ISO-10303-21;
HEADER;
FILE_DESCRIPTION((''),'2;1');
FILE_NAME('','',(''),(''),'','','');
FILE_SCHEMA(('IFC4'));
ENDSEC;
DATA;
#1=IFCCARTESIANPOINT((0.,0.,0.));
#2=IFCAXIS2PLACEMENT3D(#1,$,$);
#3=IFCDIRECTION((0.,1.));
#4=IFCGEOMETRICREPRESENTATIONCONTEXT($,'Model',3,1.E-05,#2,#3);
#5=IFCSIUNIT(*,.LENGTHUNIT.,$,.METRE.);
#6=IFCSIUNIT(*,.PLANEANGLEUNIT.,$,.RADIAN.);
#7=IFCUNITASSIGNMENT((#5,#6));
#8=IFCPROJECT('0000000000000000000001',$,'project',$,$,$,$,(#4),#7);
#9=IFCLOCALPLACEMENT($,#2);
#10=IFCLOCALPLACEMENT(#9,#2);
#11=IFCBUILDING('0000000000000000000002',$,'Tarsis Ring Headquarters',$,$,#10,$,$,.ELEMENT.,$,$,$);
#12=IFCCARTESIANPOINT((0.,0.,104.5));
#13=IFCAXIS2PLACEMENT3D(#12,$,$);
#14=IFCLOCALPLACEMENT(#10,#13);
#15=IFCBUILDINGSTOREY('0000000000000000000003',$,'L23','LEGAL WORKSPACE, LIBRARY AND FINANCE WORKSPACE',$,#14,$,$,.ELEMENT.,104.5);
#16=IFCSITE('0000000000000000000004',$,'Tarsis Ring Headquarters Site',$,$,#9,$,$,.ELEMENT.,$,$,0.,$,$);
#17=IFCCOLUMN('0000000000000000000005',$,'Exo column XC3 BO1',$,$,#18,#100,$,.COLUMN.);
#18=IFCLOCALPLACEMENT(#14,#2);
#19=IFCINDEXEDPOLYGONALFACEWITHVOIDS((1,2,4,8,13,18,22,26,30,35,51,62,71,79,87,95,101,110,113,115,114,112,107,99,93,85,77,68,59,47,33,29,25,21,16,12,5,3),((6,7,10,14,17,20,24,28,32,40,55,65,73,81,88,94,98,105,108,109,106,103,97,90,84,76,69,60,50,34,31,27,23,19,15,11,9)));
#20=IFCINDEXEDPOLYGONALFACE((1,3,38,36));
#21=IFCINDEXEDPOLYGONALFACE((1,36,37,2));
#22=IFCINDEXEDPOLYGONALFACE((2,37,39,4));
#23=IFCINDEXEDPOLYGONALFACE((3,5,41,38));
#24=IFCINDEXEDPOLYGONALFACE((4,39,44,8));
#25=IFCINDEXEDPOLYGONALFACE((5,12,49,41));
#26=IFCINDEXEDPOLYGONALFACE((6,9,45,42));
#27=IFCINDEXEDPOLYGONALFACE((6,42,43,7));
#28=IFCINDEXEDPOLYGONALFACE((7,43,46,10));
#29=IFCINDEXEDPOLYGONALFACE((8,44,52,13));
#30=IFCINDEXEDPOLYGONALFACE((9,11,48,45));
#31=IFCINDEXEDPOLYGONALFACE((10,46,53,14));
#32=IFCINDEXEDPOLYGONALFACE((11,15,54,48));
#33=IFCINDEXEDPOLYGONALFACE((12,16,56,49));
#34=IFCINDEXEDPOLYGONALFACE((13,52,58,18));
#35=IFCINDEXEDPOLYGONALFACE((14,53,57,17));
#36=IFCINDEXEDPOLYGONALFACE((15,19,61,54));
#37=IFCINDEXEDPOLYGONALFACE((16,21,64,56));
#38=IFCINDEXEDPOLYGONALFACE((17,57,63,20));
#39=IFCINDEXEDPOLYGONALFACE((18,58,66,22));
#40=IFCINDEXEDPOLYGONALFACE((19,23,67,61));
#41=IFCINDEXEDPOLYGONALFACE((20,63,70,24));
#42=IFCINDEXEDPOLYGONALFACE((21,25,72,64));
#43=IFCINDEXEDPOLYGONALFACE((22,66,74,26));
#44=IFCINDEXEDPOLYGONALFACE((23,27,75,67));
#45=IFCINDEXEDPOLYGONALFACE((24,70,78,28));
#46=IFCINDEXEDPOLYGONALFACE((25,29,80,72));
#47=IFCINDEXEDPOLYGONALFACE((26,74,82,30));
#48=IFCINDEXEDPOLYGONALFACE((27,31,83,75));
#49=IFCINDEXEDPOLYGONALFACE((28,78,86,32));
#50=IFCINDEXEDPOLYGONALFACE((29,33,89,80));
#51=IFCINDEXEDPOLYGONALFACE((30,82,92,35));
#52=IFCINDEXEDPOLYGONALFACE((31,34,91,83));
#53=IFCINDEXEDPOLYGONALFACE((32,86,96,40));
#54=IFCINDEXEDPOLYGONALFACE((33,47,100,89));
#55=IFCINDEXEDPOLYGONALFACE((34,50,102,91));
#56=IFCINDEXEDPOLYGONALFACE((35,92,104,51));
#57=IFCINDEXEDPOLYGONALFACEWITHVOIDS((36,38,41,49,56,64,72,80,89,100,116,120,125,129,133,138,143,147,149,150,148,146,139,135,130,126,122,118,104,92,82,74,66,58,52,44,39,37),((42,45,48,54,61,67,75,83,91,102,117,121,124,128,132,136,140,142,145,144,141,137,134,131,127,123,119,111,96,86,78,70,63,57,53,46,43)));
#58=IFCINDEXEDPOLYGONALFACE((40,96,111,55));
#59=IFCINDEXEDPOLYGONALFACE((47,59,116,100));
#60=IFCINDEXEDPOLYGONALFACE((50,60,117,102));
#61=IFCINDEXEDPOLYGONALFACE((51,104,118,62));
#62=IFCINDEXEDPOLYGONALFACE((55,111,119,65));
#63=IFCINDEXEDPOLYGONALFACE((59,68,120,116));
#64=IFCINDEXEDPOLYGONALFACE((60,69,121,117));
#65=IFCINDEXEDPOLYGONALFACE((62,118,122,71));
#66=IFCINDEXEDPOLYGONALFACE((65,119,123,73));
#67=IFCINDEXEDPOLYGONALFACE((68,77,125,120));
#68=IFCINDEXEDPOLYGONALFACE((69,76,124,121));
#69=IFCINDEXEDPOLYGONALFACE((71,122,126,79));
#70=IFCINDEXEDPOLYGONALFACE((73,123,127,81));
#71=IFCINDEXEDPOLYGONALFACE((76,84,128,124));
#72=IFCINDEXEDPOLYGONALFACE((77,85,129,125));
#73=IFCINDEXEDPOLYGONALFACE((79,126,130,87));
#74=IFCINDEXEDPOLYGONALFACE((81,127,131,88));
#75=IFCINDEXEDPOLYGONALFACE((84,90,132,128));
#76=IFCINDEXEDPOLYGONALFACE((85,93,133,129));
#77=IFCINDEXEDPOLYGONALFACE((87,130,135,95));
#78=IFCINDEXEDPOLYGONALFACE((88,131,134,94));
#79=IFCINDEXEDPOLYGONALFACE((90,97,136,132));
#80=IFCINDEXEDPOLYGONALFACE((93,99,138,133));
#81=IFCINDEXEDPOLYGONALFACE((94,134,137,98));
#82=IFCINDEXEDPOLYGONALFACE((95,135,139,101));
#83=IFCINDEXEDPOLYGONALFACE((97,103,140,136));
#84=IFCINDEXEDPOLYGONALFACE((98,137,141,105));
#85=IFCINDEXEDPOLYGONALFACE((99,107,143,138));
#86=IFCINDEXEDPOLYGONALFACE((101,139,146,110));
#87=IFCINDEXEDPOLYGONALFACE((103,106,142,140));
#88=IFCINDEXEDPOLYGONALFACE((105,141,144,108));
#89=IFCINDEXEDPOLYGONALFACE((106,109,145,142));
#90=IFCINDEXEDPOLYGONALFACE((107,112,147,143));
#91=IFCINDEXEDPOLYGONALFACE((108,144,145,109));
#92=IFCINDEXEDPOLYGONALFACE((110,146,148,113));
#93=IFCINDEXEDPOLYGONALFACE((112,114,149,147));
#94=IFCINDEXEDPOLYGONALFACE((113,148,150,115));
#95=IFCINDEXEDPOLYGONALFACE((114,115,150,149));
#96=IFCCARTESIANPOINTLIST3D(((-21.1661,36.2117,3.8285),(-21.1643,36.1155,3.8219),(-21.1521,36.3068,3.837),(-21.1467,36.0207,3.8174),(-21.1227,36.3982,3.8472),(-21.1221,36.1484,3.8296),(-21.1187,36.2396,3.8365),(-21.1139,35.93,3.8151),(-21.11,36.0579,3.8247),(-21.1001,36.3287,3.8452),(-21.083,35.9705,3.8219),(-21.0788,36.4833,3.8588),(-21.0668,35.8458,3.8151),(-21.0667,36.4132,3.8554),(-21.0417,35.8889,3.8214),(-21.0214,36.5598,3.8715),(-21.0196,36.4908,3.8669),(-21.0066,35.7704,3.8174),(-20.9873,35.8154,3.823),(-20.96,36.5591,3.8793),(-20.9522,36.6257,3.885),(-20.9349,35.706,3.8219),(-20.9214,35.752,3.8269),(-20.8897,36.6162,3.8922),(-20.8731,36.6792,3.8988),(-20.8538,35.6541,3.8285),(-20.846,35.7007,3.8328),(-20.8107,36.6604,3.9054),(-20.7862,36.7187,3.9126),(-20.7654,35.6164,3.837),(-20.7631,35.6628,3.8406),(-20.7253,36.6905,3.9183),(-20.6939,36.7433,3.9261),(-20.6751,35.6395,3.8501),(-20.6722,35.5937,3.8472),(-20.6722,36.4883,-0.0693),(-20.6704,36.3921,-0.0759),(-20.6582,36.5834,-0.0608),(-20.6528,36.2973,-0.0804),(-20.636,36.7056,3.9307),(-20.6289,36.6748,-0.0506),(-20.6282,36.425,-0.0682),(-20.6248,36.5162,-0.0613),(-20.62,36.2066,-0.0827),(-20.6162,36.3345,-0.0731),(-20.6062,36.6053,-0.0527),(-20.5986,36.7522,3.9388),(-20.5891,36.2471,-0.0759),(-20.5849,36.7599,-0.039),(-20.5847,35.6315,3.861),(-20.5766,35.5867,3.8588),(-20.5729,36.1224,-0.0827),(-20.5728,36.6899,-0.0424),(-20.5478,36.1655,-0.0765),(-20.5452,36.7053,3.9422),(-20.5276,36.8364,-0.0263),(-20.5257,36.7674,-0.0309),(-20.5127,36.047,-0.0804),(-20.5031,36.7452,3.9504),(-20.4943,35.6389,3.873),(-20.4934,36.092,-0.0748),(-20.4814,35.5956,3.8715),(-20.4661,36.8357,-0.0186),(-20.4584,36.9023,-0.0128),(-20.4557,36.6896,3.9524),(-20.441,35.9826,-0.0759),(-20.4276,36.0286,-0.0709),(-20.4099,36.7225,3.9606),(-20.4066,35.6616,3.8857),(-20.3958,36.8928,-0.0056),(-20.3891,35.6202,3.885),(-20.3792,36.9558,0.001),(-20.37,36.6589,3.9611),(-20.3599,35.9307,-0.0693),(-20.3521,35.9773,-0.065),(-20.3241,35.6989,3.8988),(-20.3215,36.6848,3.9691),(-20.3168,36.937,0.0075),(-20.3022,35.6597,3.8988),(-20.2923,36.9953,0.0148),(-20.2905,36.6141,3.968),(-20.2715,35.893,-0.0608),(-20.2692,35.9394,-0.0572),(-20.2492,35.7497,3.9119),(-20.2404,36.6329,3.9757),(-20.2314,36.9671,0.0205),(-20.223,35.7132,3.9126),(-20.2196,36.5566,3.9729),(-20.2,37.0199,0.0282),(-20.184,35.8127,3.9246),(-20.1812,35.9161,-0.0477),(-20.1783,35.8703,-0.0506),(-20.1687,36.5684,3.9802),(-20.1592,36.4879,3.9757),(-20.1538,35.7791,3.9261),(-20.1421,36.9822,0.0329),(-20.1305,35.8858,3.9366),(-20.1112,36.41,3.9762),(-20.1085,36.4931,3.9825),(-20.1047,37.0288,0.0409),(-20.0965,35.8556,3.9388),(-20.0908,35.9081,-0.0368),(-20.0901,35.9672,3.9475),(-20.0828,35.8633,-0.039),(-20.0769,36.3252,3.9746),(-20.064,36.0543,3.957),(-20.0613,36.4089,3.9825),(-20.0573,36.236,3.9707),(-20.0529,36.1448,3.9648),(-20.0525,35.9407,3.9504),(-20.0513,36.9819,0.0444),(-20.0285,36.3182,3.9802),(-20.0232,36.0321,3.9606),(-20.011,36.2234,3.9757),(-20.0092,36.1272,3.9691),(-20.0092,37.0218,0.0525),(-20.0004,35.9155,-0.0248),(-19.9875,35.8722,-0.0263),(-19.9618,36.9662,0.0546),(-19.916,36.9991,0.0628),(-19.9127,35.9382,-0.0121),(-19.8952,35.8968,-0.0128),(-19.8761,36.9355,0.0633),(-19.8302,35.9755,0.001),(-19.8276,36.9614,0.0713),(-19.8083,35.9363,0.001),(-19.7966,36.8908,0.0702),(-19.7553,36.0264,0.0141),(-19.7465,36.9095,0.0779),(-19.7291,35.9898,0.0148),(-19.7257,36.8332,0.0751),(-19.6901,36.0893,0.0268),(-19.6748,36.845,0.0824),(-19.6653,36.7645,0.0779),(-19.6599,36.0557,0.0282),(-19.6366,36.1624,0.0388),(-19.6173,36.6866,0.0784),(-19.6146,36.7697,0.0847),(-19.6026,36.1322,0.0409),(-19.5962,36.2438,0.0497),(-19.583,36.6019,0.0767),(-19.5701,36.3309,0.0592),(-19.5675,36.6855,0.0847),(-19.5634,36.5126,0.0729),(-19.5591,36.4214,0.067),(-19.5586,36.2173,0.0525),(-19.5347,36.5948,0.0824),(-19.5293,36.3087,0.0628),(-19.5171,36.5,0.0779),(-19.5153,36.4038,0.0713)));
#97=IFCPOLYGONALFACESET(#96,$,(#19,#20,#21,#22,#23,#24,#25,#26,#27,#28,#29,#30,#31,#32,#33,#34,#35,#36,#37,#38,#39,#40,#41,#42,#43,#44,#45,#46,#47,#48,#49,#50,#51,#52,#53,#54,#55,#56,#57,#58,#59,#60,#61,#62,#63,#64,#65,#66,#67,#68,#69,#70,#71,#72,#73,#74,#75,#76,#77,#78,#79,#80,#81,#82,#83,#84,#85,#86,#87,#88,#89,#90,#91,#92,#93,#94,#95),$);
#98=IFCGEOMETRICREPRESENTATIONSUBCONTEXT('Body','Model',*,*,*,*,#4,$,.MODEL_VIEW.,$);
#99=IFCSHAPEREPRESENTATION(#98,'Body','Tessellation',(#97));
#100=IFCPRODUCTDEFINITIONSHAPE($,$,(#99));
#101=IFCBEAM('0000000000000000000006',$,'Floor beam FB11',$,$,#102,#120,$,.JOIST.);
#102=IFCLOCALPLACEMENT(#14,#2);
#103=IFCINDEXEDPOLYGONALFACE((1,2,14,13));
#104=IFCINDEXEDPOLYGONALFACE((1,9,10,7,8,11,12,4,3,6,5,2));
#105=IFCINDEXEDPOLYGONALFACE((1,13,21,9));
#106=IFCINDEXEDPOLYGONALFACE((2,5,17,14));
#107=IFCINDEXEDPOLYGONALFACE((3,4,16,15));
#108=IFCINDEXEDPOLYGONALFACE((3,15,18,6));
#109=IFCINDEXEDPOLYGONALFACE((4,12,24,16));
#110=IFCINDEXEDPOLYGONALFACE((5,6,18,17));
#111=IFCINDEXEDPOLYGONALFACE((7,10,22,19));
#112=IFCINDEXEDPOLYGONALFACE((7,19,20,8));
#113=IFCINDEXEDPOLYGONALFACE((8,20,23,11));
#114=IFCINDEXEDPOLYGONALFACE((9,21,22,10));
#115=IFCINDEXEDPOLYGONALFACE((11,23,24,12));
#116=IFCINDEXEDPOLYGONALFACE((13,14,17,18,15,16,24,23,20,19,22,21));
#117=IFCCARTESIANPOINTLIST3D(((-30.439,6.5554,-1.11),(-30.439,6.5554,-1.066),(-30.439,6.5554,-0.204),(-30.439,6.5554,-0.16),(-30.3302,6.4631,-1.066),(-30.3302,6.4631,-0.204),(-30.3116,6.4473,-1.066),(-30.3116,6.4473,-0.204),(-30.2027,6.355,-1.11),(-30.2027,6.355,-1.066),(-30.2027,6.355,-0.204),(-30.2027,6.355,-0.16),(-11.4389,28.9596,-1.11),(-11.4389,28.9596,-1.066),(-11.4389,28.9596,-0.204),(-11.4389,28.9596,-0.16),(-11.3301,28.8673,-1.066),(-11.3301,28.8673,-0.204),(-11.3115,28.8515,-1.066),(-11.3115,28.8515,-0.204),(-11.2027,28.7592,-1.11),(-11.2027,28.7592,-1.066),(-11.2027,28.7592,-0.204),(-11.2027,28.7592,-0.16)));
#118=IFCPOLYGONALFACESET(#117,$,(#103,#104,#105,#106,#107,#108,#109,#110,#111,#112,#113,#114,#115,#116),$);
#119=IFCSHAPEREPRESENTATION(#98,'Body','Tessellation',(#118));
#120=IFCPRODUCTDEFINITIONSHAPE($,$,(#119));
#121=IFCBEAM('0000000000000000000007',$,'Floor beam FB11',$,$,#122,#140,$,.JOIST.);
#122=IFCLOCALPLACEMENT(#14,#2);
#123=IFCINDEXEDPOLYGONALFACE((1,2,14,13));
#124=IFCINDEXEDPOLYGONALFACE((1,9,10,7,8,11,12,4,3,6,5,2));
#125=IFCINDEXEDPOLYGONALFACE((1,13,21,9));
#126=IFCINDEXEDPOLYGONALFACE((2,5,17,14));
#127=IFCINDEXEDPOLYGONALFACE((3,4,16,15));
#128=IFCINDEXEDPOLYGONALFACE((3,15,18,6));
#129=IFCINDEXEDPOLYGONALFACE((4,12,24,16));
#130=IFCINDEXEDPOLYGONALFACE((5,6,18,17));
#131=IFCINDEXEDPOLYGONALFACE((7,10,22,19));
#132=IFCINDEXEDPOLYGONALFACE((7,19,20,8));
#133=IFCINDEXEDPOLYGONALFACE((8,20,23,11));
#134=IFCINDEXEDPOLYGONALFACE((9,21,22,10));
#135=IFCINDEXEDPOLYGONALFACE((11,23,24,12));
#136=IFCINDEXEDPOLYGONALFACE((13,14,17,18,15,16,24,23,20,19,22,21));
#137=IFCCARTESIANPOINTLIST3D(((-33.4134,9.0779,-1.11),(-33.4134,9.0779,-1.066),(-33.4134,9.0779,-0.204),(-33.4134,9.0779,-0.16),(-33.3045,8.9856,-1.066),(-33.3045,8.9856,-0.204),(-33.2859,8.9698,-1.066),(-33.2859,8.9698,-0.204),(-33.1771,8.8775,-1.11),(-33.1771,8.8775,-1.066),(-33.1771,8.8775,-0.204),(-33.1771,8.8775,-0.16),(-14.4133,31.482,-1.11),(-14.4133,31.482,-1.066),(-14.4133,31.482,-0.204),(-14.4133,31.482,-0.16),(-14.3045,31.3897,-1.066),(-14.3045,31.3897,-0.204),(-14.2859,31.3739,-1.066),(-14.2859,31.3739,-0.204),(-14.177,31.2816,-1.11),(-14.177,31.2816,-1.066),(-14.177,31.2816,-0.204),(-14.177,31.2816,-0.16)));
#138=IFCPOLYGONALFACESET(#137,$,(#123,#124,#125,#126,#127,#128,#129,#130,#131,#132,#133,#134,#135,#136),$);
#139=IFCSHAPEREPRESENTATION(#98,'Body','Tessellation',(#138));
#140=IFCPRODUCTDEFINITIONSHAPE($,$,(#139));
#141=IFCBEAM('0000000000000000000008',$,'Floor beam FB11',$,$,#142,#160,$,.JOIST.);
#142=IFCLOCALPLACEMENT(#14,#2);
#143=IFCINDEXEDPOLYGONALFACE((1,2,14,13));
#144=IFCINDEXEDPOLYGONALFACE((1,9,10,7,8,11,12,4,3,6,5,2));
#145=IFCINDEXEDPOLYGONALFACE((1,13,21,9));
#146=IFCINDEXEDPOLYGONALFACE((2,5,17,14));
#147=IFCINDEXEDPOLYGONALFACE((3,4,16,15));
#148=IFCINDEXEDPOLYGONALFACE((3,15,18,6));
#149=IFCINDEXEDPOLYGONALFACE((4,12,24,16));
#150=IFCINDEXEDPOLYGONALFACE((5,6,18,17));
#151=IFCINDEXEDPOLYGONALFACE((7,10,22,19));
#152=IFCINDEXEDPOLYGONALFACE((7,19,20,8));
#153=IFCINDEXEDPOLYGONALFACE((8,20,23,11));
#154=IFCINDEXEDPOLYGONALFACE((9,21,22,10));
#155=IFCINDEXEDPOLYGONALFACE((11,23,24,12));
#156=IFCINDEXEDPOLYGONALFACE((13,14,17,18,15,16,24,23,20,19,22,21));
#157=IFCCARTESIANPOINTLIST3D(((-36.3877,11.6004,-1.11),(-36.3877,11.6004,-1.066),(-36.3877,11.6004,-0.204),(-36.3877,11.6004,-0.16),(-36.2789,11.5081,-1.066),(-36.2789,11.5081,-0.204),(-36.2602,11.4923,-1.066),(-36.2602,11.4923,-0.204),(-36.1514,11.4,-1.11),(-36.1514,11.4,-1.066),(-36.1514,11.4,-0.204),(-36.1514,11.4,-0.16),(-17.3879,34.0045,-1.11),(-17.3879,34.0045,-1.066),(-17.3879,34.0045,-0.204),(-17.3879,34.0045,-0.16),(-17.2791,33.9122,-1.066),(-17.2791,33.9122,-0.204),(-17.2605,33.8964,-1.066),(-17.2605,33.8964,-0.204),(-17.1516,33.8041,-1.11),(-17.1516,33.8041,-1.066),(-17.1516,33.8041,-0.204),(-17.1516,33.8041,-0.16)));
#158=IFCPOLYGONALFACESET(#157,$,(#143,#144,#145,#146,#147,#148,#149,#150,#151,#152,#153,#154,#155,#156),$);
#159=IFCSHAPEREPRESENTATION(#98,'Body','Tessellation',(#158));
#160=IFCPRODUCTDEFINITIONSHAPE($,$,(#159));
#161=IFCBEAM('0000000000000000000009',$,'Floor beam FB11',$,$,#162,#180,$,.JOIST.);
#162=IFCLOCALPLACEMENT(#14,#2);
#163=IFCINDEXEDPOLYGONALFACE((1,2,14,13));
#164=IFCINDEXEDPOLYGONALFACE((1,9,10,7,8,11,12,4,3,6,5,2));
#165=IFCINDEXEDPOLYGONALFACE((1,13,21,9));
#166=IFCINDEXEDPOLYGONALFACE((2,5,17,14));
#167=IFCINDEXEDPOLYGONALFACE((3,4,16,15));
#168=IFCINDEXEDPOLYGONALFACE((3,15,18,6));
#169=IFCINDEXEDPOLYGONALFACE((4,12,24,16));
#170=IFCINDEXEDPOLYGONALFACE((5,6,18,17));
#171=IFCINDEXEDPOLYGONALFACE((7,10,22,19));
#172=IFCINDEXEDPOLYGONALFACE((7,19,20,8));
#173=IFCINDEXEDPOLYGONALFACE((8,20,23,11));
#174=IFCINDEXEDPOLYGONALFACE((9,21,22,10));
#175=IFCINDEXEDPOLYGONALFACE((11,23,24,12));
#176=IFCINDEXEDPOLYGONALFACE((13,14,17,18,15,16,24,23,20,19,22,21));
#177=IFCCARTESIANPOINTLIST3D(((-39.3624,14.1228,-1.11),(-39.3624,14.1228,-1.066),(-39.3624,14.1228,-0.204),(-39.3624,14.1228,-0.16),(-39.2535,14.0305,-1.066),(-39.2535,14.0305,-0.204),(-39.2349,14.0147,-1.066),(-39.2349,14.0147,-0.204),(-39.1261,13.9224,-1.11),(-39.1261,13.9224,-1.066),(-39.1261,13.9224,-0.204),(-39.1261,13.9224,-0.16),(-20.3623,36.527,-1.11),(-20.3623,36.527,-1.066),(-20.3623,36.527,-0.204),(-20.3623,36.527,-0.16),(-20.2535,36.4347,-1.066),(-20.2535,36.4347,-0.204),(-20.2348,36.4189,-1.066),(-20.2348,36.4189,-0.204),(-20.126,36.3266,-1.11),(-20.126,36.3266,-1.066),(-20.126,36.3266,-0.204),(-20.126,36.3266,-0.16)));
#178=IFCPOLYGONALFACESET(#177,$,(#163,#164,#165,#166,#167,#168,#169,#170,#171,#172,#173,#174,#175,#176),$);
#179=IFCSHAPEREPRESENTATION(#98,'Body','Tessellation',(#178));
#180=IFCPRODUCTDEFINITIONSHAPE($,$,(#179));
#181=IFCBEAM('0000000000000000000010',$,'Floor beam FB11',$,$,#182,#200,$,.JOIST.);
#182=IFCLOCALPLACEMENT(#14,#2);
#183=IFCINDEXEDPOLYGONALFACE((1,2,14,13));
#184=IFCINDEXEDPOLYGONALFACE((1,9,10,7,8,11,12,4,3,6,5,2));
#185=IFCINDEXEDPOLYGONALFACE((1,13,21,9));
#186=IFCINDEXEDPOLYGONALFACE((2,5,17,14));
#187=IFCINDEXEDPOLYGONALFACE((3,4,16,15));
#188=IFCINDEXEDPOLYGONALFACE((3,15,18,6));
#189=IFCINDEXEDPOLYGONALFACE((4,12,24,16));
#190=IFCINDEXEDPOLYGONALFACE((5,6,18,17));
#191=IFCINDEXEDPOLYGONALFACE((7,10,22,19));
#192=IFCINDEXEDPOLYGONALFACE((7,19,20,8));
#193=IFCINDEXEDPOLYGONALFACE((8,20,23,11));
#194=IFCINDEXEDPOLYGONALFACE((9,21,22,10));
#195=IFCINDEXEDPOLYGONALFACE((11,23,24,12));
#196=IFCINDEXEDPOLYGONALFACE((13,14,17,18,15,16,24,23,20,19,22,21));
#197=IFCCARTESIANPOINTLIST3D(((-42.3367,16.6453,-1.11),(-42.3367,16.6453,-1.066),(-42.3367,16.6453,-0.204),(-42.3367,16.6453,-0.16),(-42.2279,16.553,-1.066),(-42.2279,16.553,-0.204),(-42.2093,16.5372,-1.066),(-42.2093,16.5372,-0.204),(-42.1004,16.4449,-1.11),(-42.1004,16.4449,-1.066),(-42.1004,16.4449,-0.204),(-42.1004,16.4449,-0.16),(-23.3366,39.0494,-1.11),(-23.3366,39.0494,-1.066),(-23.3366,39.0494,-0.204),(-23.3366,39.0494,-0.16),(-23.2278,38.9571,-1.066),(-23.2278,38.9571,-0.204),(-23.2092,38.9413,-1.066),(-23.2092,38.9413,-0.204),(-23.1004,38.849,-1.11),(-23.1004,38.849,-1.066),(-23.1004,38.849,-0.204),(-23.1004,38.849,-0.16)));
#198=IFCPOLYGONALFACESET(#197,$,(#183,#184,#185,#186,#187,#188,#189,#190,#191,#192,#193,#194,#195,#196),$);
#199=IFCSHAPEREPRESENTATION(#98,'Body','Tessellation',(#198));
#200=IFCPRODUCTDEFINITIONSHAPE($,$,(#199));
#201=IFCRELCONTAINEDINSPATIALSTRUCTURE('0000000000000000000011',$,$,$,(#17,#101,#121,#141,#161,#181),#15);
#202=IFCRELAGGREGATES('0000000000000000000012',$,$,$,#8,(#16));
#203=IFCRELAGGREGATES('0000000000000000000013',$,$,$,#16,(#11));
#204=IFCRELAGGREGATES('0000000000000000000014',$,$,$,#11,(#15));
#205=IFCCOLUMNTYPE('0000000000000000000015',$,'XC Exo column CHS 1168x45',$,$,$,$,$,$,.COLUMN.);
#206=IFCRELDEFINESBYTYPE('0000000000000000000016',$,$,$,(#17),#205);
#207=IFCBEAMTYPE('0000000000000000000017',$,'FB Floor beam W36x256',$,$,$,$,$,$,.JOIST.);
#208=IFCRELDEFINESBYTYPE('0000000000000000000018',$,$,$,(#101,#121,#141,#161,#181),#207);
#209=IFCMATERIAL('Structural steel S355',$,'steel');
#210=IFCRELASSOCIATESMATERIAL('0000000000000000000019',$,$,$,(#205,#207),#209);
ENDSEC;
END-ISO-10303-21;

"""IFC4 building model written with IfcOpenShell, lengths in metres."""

from ifc_helpers import new_model, si_unit, direction, frame, origin, origin_2d, place, context, subcontext, project, spatial, hollow_circle, i_section, extrude, material, material_profile, profile_set, type_object, element, save


model = new_model("IFC4")

# Units and contexts
model_context = context("Model", 3, precision=1e-05, world=origin(), true_north=direction((0.0, 1.0)))
body_context = subcontext(model_context, "Body", "Model", "MODEL_VIEW")
ifc_project = project(units=[si_unit("LENGTHUNIT", "METRE"), si_unit("PLANEANGLEUNIT", "RADIAN")], contexts=[model_context])

# Site, building, storey
site_placement = place(None, origin())
site = spatial("IfcSite", under=ifc_project, at=site_placement, Name="Tarsis Ring Headquarters Site", CompositionType="ELEMENT", RefElevation=0.0)
building_placement = place(site_placement, origin())
building = spatial("IfcBuilding", under=site, at=building_placement, Name="Tarsis Ring Headquarters", CompositionType="ELEMENT")
storey_placement = place(building_placement, frame((0.0, 0.0, 104.5)))
storey = spatial("IfcBuildingStorey", under=building, at=storey_placement, Name="L23", Description="LEGAL WORKSPACE, LIBRARY AND FINANCE WORKSPACE", CompositionType="ELEMENT", Elevation=104.5)

# Column
ifc_material_1 = material(Name="Structural steel S355", Category="steel")
ifc_material_profile_1 = material_profile(ifc_material_1, hollow_circle(Radius=0.5842, WallThickness=0.0449, at=origin_2d()), Name="CHS 1168x45")
ifc_profile_set_1 = profile_set([ifc_material_profile_1], Name="Structural steel S355")
column_type = type_object("IfcColumnType", Name="XC Exo column CHS 1168x45", PredefinedType="COLUMN", material=ifc_profile_set_1)
column_placement = place(storey_placement, frame((-20.0938, 36.446, 0.001), z_axis=(-0.125391, -0.070227, 0.989619), x_axis=(0.488643, -0.872484, 0.0)))
element("IfcColumn", 1, at=column_placement, inside=storey, type_object=column_type, Name="Exo column XC3 BO1", PredefinedType="COLUMN", context=body_context, shape_type="SweptSolid", body=[
    extrude(hollow_circle(Radius=0.5842, WallThickness=0.0449, at=origin_2d()), origin(), (0.0, 0.0, 1.0), 3.9387),
])

# Beams
ifc_material_profile_2 = material_profile(ifc_material_1, i_section(OverallWidth=0.3098, OverallDepth=0.95, WebThickness=0.0244, FlangeThickness=0.0439, at=origin_2d()), Name="W36x256")
ifc_profile_set_2 = profile_set([ifc_material_profile_2], Name="Structural steel S355")
beam_type_1 = type_object("IfcBeamType", Name="FB Floor beam W36x256", PredefinedType="JOIST", material=ifc_profile_set_2)
for number, where, z_axis, x_axis, name in (
    (2, (-11.3208, 28.8594, -0.635), (-0.646789, -0.762669, 0.0), (0.762669, -0.646789, 0.0), "Floor beam FB11"),
    (3, (-14.2952, 31.3818, -0.635), (-0.646789, -0.762669, 0.0), (0.762669, -0.646789, 0.0), "Floor beam FB11"),
):
    element("IfcBeam", number, at=place(storey_placement, frame(where, z_axis=z_axis, x_axis=x_axis)), inside=storey, type_object=beam_type_1, Name=name, PredefinedType="JOIST", context=body_context, shape_type="SweptSolid", body=[
        extrude(i_section(OverallWidth=0.3098, OverallDepth=0.95, WebThickness=0.0244, FlangeThickness=0.0439, at=origin_2d()), origin(), (0.0, 0.0, 1.0), 29.376),
    ])
beam_1_placement = place(storey_placement, frame((-17.2698, 33.9043, -0.635), z_axis=(-0.646785, -0.762673, 0.0), x_axis=(0.762673, -0.646785, 0.0)))
element("IfcBeam", 4, at=beam_1_placement, inside=storey, type_object=beam_type_1, Name="Floor beam FB11", PredefinedType="JOIST", context=body_context, shape_type="SweptSolid", body=[
    extrude(i_section(OverallWidth=0.3098, OverallDepth=0.95, WebThickness=0.0244, FlangeThickness=0.0439, at=origin_2d()), origin(), (0.0, 0.0, 1.0), 29.3757),
])
for number, where, z_axis, x_axis, name in (
    (5, (-20.2441, 36.4268, -0.635), (-0.646789, -0.762669, 0.0), (0.762669, -0.646789, 0.0), "Floor beam FB11"),
    (6, (-23.2185, 38.9492, -0.635), (-0.646789, -0.762669, 0.0), (0.762669, -0.646789, 0.0), "Floor beam FB11"),
):
    element("IfcBeam", number, at=place(storey_placement, frame(where, z_axis=z_axis, x_axis=x_axis)), inside=storey, type_object=beam_type_1, Name=name, PredefinedType="JOIST", context=body_context, shape_type="SweptSolid", body=[
        extrude(i_section(OverallWidth=0.3098, OverallDepth=0.95, WebThickness=0.0244, FlangeThickness=0.0439, at=origin_2d()), origin(), (0.0, 0.0, 1.0), 29.376),
    ])

save(model, "model.ifc")
